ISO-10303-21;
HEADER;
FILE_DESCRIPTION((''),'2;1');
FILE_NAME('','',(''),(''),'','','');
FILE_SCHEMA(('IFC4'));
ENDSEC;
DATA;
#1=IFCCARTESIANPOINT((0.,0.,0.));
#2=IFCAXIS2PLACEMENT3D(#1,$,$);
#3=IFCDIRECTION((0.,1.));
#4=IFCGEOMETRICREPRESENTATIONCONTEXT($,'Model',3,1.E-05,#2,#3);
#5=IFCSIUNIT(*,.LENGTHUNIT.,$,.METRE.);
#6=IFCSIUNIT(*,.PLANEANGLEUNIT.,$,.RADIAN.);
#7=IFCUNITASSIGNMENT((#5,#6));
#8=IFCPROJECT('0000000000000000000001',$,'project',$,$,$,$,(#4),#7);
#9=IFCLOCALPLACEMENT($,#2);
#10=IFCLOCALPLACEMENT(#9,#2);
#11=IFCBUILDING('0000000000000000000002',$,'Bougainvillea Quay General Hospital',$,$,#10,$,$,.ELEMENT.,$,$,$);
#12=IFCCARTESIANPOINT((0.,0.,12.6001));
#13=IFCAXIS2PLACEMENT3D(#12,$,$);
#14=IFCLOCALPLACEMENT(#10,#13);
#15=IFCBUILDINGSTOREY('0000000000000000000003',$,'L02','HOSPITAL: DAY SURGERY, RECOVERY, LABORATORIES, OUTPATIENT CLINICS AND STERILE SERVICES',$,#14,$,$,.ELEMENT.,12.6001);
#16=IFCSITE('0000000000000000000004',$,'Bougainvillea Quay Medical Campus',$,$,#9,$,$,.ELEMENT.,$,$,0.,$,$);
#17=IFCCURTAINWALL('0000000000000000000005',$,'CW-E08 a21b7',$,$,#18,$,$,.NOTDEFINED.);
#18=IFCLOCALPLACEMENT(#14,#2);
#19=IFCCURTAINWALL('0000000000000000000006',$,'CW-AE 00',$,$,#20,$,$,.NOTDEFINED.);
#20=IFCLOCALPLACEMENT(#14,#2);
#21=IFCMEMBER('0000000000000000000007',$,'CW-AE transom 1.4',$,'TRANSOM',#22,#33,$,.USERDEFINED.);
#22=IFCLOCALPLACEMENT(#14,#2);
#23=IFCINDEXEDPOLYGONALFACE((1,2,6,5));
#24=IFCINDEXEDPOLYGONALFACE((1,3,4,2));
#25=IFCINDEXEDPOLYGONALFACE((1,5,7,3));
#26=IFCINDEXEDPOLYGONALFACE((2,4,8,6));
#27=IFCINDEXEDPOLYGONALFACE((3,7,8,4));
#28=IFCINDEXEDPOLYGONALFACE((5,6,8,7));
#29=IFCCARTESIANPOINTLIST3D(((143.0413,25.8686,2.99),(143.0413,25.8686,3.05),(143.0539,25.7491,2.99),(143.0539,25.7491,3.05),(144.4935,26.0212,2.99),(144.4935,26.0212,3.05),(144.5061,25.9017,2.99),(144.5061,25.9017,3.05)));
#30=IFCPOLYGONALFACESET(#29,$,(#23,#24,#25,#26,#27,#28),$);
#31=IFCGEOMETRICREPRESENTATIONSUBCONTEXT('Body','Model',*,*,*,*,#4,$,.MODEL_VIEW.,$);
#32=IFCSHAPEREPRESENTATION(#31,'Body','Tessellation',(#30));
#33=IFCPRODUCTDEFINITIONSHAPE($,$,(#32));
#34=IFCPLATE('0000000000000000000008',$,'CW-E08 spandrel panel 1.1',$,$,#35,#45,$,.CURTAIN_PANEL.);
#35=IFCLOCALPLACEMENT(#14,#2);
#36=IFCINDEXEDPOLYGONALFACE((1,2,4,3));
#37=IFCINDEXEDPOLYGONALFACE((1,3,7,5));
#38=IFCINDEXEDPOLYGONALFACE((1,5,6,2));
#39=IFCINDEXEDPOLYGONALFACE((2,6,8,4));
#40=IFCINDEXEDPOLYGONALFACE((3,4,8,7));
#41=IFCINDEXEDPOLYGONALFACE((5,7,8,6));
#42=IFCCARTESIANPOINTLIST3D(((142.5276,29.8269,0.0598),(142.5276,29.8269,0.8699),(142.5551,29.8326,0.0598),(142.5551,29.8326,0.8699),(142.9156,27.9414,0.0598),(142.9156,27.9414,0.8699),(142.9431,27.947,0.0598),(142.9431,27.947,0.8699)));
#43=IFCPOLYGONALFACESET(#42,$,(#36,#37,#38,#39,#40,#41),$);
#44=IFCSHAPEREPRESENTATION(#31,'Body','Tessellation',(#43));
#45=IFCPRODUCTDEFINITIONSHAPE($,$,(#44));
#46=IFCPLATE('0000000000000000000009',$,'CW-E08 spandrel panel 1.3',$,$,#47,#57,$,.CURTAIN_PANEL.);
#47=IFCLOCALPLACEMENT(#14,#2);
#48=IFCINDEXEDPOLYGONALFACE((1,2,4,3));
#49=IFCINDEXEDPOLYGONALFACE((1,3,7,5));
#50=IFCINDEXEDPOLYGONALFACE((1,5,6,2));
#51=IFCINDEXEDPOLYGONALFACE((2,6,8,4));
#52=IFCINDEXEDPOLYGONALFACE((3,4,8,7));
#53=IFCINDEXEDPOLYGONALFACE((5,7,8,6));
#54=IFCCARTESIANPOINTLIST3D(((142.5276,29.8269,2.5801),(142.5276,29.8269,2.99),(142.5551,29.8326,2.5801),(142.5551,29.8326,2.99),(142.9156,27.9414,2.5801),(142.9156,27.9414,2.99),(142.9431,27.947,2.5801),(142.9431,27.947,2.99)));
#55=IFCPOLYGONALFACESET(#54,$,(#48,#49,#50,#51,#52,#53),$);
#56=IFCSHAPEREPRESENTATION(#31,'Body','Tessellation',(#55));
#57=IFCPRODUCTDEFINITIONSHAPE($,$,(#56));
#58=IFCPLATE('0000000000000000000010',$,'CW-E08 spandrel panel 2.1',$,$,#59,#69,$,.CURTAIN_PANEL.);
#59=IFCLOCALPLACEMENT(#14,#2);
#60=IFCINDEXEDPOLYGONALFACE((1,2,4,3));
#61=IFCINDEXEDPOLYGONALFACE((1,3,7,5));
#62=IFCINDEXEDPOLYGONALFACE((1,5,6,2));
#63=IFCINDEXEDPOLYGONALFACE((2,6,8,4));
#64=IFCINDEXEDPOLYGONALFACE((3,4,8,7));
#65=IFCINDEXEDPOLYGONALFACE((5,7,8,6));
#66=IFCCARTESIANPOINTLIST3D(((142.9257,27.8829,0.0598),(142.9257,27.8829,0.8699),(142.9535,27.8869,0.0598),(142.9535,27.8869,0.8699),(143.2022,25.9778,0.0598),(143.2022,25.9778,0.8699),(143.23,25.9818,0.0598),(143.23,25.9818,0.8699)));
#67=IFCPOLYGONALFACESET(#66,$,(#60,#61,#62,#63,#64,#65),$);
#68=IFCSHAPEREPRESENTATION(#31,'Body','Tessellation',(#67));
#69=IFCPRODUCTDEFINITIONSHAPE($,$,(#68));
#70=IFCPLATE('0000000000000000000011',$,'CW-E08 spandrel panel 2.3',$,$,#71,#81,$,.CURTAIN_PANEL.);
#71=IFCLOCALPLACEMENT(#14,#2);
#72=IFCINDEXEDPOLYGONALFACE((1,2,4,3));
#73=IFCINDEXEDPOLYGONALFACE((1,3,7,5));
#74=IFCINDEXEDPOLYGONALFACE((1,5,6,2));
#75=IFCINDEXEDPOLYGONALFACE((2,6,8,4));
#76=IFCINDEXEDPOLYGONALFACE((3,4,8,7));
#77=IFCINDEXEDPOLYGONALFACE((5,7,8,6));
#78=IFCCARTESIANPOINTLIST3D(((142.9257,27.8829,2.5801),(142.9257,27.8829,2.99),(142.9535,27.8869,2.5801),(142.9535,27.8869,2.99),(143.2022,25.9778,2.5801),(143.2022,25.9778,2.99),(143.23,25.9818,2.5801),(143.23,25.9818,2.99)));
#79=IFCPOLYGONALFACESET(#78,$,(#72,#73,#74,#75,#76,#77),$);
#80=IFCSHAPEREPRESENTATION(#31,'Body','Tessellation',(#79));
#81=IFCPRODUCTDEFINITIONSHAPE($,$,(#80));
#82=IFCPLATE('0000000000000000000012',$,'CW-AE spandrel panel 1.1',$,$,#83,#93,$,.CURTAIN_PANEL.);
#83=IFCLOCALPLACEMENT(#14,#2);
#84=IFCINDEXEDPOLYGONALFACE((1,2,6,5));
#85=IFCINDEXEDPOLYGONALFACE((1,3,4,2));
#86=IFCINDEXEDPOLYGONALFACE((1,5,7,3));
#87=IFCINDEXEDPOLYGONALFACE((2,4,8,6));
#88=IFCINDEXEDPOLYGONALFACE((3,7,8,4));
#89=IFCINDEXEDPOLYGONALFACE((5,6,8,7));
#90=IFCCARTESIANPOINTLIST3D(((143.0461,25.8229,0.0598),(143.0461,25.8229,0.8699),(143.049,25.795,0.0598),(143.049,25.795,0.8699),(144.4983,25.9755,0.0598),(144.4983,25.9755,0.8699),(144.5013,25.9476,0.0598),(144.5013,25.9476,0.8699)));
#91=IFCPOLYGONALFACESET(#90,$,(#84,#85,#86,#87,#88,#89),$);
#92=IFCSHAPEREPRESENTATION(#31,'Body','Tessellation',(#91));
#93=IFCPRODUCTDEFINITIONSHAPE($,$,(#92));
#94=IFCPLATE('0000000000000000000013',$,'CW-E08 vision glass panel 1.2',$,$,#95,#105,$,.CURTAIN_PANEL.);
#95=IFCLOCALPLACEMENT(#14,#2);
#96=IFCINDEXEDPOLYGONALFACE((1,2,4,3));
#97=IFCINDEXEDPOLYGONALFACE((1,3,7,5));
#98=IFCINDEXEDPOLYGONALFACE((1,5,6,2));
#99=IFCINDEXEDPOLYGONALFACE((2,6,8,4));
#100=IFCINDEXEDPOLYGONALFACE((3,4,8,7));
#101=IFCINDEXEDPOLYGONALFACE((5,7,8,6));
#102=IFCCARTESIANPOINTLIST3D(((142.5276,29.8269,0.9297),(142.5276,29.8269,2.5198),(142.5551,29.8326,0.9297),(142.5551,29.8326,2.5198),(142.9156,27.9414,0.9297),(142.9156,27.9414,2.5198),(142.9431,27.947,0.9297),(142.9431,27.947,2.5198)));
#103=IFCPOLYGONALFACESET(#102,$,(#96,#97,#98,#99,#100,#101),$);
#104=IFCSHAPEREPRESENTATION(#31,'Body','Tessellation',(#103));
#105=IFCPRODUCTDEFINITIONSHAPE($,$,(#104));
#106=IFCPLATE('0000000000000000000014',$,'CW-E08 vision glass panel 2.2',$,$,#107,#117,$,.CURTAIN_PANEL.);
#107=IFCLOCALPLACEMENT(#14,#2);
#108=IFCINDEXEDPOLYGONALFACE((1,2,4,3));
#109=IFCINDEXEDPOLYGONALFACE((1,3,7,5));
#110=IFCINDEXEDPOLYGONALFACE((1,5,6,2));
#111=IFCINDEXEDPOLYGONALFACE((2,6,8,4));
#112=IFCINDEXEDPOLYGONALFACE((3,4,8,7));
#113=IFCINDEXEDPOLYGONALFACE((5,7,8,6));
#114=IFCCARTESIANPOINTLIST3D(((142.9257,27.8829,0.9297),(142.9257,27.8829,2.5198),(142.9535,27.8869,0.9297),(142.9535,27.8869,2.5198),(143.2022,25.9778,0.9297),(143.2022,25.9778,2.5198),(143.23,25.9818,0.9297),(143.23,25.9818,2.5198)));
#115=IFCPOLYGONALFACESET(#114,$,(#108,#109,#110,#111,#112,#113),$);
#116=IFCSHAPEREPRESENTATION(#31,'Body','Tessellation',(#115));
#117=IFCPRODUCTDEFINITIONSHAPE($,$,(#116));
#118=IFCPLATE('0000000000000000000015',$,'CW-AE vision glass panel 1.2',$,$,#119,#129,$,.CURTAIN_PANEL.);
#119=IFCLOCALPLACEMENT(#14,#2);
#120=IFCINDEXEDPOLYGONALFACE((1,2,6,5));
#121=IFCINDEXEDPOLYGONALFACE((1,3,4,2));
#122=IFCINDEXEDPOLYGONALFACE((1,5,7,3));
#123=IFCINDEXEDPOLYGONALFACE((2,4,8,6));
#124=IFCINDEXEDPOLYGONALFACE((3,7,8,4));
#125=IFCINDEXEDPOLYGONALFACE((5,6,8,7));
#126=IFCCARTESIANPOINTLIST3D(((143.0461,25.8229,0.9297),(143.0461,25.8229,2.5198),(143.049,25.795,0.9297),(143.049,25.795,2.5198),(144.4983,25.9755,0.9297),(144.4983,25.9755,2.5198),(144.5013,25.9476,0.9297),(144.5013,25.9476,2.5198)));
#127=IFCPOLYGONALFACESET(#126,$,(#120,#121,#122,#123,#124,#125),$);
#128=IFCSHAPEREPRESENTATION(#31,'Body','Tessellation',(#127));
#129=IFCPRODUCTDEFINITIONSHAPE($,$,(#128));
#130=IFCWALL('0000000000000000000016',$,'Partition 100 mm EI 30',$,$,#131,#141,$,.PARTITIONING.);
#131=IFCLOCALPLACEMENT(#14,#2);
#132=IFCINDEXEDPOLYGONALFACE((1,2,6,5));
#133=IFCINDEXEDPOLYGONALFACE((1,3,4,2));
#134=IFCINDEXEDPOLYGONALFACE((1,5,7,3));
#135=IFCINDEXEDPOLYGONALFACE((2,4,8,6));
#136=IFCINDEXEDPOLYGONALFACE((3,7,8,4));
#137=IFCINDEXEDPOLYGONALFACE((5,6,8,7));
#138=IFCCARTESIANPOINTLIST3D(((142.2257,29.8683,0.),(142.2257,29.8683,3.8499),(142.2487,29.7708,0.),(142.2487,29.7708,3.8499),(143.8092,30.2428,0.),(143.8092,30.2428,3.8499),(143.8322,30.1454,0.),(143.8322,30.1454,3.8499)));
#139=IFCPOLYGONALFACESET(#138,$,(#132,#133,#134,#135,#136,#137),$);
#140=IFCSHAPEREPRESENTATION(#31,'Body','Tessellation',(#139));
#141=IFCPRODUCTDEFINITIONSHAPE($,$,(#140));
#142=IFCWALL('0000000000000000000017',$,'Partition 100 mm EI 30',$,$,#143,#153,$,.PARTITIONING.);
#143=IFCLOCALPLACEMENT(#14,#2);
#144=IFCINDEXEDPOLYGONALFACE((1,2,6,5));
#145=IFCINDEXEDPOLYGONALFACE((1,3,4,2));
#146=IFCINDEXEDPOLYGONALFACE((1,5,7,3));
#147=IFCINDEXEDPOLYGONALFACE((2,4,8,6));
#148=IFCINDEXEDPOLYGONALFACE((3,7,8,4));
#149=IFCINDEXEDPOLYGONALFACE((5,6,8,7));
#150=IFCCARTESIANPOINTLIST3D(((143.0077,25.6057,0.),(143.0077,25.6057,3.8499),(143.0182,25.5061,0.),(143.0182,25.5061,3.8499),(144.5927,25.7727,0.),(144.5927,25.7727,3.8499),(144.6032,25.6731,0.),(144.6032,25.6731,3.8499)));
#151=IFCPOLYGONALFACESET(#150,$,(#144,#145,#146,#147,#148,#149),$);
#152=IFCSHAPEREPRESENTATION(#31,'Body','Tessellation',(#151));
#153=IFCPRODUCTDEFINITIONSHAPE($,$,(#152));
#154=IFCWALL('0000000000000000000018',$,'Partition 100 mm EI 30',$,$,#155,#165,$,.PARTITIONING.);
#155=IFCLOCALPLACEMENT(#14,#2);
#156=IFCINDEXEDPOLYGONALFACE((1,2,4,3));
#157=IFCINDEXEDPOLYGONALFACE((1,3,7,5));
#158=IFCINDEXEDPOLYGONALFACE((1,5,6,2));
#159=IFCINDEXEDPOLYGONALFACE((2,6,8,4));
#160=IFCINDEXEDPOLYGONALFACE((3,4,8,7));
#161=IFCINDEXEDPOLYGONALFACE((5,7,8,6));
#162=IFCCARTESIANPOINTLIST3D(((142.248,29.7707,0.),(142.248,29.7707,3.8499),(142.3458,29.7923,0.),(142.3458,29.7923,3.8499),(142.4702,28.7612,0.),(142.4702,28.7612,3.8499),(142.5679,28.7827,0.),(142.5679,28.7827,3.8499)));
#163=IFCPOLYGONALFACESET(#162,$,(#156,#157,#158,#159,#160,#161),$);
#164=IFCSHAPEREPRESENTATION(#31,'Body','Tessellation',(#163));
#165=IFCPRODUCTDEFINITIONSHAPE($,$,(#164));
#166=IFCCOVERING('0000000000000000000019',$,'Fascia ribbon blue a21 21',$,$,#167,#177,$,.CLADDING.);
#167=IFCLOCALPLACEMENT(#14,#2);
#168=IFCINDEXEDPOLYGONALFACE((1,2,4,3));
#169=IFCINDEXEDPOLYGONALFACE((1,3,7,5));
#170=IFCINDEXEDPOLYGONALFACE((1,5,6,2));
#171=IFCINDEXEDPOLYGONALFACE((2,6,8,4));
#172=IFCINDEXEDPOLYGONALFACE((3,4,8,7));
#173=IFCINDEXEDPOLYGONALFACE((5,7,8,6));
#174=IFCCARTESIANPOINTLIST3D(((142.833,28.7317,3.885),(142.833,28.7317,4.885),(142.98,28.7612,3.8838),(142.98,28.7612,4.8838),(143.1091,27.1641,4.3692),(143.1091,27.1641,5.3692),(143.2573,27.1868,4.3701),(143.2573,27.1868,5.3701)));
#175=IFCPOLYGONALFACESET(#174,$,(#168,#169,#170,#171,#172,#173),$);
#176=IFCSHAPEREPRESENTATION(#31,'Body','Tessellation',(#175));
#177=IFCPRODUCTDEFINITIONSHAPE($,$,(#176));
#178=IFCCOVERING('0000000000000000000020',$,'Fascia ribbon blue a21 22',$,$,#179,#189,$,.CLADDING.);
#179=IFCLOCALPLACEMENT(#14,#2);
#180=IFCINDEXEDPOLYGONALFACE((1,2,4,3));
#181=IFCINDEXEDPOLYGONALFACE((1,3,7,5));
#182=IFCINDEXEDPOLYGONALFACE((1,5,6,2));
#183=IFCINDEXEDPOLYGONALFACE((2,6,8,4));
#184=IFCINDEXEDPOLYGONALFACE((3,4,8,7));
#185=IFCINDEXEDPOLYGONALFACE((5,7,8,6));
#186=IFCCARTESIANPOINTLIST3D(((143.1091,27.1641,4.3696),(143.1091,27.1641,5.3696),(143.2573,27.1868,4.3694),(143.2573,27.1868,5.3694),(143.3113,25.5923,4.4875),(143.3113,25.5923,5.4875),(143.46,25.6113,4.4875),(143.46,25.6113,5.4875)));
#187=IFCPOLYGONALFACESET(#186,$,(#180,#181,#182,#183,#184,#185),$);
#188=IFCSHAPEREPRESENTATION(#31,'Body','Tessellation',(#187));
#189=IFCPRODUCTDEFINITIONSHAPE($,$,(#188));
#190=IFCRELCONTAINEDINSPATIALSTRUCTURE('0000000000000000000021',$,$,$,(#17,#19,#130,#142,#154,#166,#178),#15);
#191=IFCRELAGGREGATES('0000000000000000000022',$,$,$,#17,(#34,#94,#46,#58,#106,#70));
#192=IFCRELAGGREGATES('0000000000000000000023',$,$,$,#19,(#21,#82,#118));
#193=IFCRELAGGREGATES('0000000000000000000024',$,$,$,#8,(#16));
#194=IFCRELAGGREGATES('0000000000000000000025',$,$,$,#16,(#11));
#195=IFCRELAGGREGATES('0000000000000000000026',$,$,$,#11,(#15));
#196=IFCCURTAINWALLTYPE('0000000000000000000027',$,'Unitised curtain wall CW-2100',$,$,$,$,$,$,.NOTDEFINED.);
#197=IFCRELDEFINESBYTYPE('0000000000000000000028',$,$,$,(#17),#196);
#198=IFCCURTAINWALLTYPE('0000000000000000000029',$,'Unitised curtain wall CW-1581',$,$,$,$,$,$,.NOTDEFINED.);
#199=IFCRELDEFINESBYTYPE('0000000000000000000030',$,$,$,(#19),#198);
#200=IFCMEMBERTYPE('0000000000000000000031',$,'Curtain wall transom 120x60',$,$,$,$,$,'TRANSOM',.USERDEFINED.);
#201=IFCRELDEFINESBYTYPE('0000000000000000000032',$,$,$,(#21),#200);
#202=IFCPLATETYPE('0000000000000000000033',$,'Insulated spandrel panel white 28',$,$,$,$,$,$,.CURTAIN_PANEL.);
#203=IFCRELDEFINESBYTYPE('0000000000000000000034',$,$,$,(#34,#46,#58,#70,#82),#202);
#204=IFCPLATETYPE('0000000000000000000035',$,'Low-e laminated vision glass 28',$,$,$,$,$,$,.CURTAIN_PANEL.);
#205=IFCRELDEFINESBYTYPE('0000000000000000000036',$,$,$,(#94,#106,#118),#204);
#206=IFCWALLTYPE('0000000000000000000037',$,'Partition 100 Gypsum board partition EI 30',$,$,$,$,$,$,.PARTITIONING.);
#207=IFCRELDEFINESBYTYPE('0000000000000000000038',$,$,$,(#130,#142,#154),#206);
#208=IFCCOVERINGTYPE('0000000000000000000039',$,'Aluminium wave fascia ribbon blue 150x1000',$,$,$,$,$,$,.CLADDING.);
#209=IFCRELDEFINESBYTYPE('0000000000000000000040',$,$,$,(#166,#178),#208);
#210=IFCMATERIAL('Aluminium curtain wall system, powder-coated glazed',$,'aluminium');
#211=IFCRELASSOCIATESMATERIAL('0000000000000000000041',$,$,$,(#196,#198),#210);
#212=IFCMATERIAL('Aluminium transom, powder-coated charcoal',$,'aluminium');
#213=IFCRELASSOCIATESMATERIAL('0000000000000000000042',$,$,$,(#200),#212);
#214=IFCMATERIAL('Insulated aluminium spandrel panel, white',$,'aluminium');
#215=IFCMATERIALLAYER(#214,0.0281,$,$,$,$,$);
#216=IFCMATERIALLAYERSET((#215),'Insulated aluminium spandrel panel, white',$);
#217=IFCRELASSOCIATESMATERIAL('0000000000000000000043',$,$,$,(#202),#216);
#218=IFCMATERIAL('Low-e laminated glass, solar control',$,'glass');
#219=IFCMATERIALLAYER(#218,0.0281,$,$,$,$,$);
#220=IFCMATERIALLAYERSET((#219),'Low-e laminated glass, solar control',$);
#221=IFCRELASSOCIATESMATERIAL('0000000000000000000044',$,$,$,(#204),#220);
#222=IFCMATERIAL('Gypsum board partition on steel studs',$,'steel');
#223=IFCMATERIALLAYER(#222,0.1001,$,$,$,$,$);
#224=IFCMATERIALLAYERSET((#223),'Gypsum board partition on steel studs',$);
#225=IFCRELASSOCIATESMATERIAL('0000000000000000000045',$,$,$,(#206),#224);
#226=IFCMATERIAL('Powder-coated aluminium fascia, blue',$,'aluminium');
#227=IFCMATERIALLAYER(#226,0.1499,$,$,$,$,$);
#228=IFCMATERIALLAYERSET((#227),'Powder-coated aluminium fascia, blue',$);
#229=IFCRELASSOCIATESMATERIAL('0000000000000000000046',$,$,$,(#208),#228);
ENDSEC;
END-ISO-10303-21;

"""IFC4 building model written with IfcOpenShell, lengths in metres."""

from ifc_helpers import new_model, si_unit, direction, frame, frame_2d, origin, origin_2d, place, context, subcontext, project, spatial, polyline, rectangle, outline, extrude, material, layer, layer_set, material_profile, profile_set, type_object, element, aggregate, save


model = new_model("IFC4")

# Units and contexts
model_context = context("Model", 3, precision=1e-05, world=origin(), true_north=direction((0.0, 1.0)))
body_context = subcontext(model_context, "Body", "Model", "MODEL_VIEW")
ifc_project = project(units=[si_unit("LENGTHUNIT", "METRE"), si_unit("PLANEANGLEUNIT", "RADIAN")], contexts=[model_context])

# Site, building, storey
site_placement = place(None, origin())
site = spatial("IfcSite", under=ifc_project, at=site_placement, Name="Bougainvillea Quay Medical Campus", CompositionType="ELEMENT", RefElevation=0.0)
building_placement = place(site_placement, origin())
building = spatial("IfcBuilding", under=site, at=building_placement, Name="Bougainvillea Quay General Hospital", CompositionType="ELEMENT")
storey_placement = place(building_placement, frame((0.0, 0.0, 12.6001)))
storey = spatial("IfcBuildingStorey", under=building, at=storey_placement, Name="L02", Description="HOSPITAL: DAY SURGERY, RECOVERY, LABORATORIES, OUTPATIENT CLINICS AND STERILE SERVICES", CompositionType="ELEMENT", Elevation=12.6001)

# Curtain wall
ifc_material_1 = material(Name="Aluminium curtain wall system, powder-coated glazed", Category="aluminium")
curtain_wall_type_1 = type_object("IfcCurtainWallType", Name="Unitised curtain wall CW-2100", PredefinedType="NOTDEFINED", material=ifc_material_1)
curtain_wall_1_placement = place(storey_placement, origin())
curtain_wall_1 = element("IfcCurtainWall", 1, at=curtain_wall_1_placement, inside=storey, type_object=curtain_wall_type_1, Name="CW-E08 a21b7", PredefinedType="NOTDEFINED")

# Curtain wall
curtain_wall_type_2 = type_object("IfcCurtainWallType", Name="Unitised curtain wall CW-1581", PredefinedType="NOTDEFINED", material=ifc_material_1)
curtain_wall_2_placement = place(storey_placement, origin())
curtain_wall_2 = element("IfcCurtainWall", 2, at=curtain_wall_2_placement, inside=storey, type_object=curtain_wall_type_2, Name="CW-AE 00", PredefinedType="NOTDEFINED")

# Member
ifc_material_2 = material(Name="Aluminium transom, powder-coated charcoal", Category="aluminium")
ifc_material_profile_1 = material_profile(ifc_material_2, rectangle(XDim=0.1201, YDim=0.0601, at=origin_2d()))
ifc_profile_set_1 = profile_set([ifc_material_profile_1], Name="Aluminium transom, powder-coated charcoal")
member_type_1 = type_object("IfcMemberType", Name="Curtain wall transom 120x60", ElementType="TRANSOM", PredefinedType="USERDEFINED", material=ifc_profile_set_1)
member_1_placement = place(storey_placement, frame((143.0476, 25.8088, 3.02), z_axis=(0.994525, 0.104502, 0.0), x_axis=(-0.104502, 0.994525, 0.0)))
member_1 = element("IfcMember", 3, at=member_1_placement, type_object=member_type_1, Name="CW-AE transom 1.4", ObjectType="TRANSOM", PredefinedType="USERDEFINED", context=body_context, shape_type="SweptSolid", body=[
    extrude(rectangle(XDim=0.1201, YDim=0.0601, at=origin_2d()), origin(), (0.0, 0.0, 1.0), 1.4602),
])

# Plates
ifc_material_3 = material(Name="Insulated aluminium spandrel panel, white", Category="aluminium")
ifc_layer_1 = layer(ifc_material_3, 0.0281)
ifc_layer_set_1 = layer_set([ifc_layer_1], Name="Insulated aluminium spandrel panel, white")
plate_type_1 = type_object("IfcPlateType", Name="Insulated spandrel panel white 28", PredefinedType="CURTAIN_PANEL", material=ifc_layer_set_1)
plate_1_placement = place(storey_placement, frame((142.7354, 28.887, 0.0598), z_axis=(0.0, 0.0, 1.0), x_axis=(0.201595, -0.979469, 0.0)))
plate_1 = element("IfcPlate", 4, at=plate_1_placement, type_object=plate_type_1, Name="CW-E08 spandrel panel 1.1", PredefinedType="CURTAIN_PANEL", context=body_context, shape_type="SweptSolid", body=[
    extrude(rectangle(XDim=1.925, YDim=0.0281, at=origin_2d()), origin(), (0.0, 0.0, 1.0), 0.8101),
])
plate_2_placement = place(storey_placement, frame((142.7354, 28.887, 2.5801), z_axis=(0.0, 0.0, 1.0), x_axis=(0.201595, -0.979469, 0.0)))
plate_2 = element("IfcPlate", 5, at=plate_2_placement, type_object=plate_type_1, Name="CW-E08 spandrel panel 1.3", PredefinedType="CURTAIN_PANEL", context=body_context, shape_type="SweptSolid", body=[
    extrude(rectangle(XDim=1.925, YDim=0.0281, at=origin_2d()), origin(), (0.0, 0.0, 1.0), 0.4099),
])
plate_3_placement = place(storey_placement, frame((143.0779, 26.9324, 0.0598), z_axis=(0.0, 0.0, 1.0), x_axis=(0.143643, -0.98963, 0.0)))
plate_3 = element("IfcPlate", 6, at=plate_3_placement, type_object=plate_type_1, Name="CW-E08 spandrel panel 2.1", PredefinedType="CURTAIN_PANEL", context=body_context, shape_type="SweptSolid", body=[
    extrude(rectangle(XDim=1.925, YDim=0.0281, at=origin_2d()), origin(), (0.0, 0.0, 1.0), 0.8101),
])
plate_4_placement = place(storey_placement, frame((143.0779, 26.9324, 2.5801), z_axis=(0.0, 0.0, 1.0), x_axis=(0.143643, -0.98963, 0.0)))
plate_4 = element("IfcPlate", 7, at=plate_4_placement, type_object=plate_type_1, Name="CW-E08 spandrel panel 2.3", PredefinedType="CURTAIN_PANEL", context=body_context, shape_type="SweptSolid", body=[
    extrude(rectangle(XDim=1.925, YDim=0.0281, at=origin_2d()), origin(), (0.0, 0.0, 1.0), 0.4099),
])
plate_5_placement = place(storey_placement, frame((143.7737, 25.8853, 0.0598), z_axis=(0.0, 0.0, 1.0), x_axis=(0.994522, 0.104527, 0.0)))
plate_5 = element("IfcPlate", 8, at=plate_5_placement, type_object=plate_type_1, Name="CW-AE spandrel panel 1.1", PredefinedType="CURTAIN_PANEL", context=body_context, shape_type="SweptSolid", body=[
    extrude(rectangle(XDim=1.4602, YDim=0.0281, at=origin_2d()), origin(), (0.0, 0.0, 1.0), 0.8101),
])
ifc_material_4 = material(Name="Low-e laminated glass, solar control", Category="glass")
ifc_layer_2 = layer(ifc_material_4, 0.0281)
ifc_layer_set_2 = layer_set([ifc_layer_2], Name="Low-e laminated glass, solar control")
plate_type_2 = type_object("IfcPlateType", Name="Low-e laminated vision glass 28", PredefinedType="CURTAIN_PANEL", material=ifc_layer_set_2)
plate_6_placement = place(storey_placement, frame((142.7354, 28.887, 0.9297), z_axis=(0.0, 0.0, 1.0), x_axis=(0.201595, -0.979469, 0.0)))
plate_6 = element("IfcPlate", 9, at=plate_6_placement, type_object=plate_type_2, Name="CW-E08 vision glass panel 1.2", PredefinedType="CURTAIN_PANEL", context=body_context, shape_type="SweptSolid", body=[
    extrude(rectangle(XDim=1.925, YDim=0.0281, at=origin_2d()), origin(), (0.0, 0.0, 1.0), 1.5901),
])
plate_7_placement = place(storey_placement, frame((143.0779, 26.9324, 0.9297), z_axis=(0.0, 0.0, 1.0), x_axis=(0.143643, -0.98963, 0.0)))
plate_7 = element("IfcPlate", 10, at=plate_7_placement, type_object=plate_type_2, Name="CW-E08 vision glass panel 2.2", PredefinedType="CURTAIN_PANEL", context=body_context, shape_type="SweptSolid", body=[
    extrude(rectangle(XDim=1.925, YDim=0.0281, at=origin_2d()), origin(), (0.0, 0.0, 1.0), 1.5901),
])
aggregate(curtain_wall_1, [plate_1, plate_6, plate_2, plate_3, plate_7, plate_4])
plate_8_placement = place(storey_placement, frame((143.7737, 25.8853, 0.9297), z_axis=(0.0, 0.0, 1.0), x_axis=(0.994522, 0.104527, 0.0)))
plate_8 = element("IfcPlate", 11, at=plate_8_placement, type_object=plate_type_2, Name="CW-AE vision glass panel 1.2", PredefinedType="CURTAIN_PANEL", context=body_context, shape_type="SweptSolid", body=[
    extrude(rectangle(XDim=1.4602, YDim=0.0281, at=origin_2d()), origin(), (0.0, 0.0, 1.0), 1.5901),
])
aggregate(curtain_wall_2, [member_1, plate_5, plate_8])

# Walls
ifc_material_5 = material(Name="Gypsum board partition on steel studs", Category="steel")
ifc_layer_3 = layer(ifc_material_5, 0.1001)
ifc_layer_set_3 = layer_set([ifc_layer_3], Name="Gypsum board partition on steel studs")
wall_type = type_object("IfcWallType", Name="Partition 100 Gypsum board partition EI 30", PredefinedType="PARTITIONING", material=ifc_layer_set_3)
wall_1_placement = place(storey_placement, frame((142.2373, 29.8196, 0.0), z_axis=(0.0, 0.0, 1.0), x_axis=(0.973153, 0.23016, 0.0)))
element("IfcWall", 12, at=wall_1_placement, inside=storey, type_object=wall_type, Name="Partition 100 mm EI 30", PredefinedType="PARTITIONING", context=body_context, shape_type="SweptSolid", body=[
    extrude(rectangle(XDim=1.6272, YDim=0.1001, at=frame_2d((0.8135, 0.0))), origin(), (0.0, 0.0, 1.0), 3.8499),
])
wall_2_placement = place(storey_placement, frame((143.0129, 25.5559, 0.0), z_axis=(0.0, 0.0, 1.0), x_axis=(0.994495, 0.10478, 0.0)))
element("IfcWall", 13, at=wall_2_placement, inside=storey, type_object=wall_type, Name="Partition 100 mm EI 30", PredefinedType="PARTITIONING", context=body_context, shape_type="SweptSolid", body=[
    extrude(rectangle(XDim=1.5938, YDim=0.1001, at=frame_2d((0.7969, 0.0))), origin(), (0.0, 0.0, 1.0), 3.8499),
])
wall_3_placement = place(storey_placement, frame((142.2969, 29.7815, 0.0), z_axis=(0.0, 0.0, 1.0), x_axis=(0.214929, -0.97663, 0.0)))
element("IfcWall", 14, at=wall_3_placement, inside=storey, type_object=wall_type, Name="Partition 100 mm EI 30", PredefinedType="PARTITIONING", context=body_context, shape_type="SweptSolid", body=[
    extrude(rectangle(XDim=1.0337, YDim=0.1001, at=frame_2d((0.5168, 0.0))), origin(), (0.0, 0.0, 1.0), 3.8499),
])

# Coverings
ifc_material_6 = material(Name="Powder-coated aluminium fascia, blue", Category="aluminium")
ifc_layer_4 = layer(ifc_material_6, 0.1499)
ifc_layer_set_4 = layer_set([ifc_layer_4], Name="Powder-coated aluminium fascia, blue")
covering_type = type_object("IfcCoveringType", Name="Aluminium wave fascia ribbon blue 150x1000", PredefinedType="CLADDING", material=ifc_layer_set_4)
covering_1_placement = place(storey_placement, frame((142.833, 28.7317, 3.885), z_axis=(-0.049955, 0.286691, 0.95672), x_axis=(0.165963, -0.942215, 0.29101)))
element("IfcCovering", 15, at=covering_1_placement, inside=storey, type_object=covering_type, Name="Fascia ribbon blue a21 21", PredefinedType="CLADDING", context=body_context, shape_type="SweptSolid", body=[
    extrude(outline(polyline([(0.0, 0.0), (1.6638, 0.0), (1.6672, 0.1499), (-0.0038, 0.1499), (0.0, 0.0)])), origin(), (0.29101, -0.000512, 0.95672), 1.0),
])
covering_2_placement = place(storey_placement, frame((143.1091, 27.1641, 4.3696), z_axis=(-0.009527, 0.073581, 0.997244), x_axis=(0.127209, -0.989097, 0.074196)))
element("IfcCovering", 16, at=covering_2_placement, inside=storey, type_object=covering_type, Name="Fascia ribbon blue a21 22", PredefinedType="CLADDING", context=body_context, shape_type="SweptSolid", body=[
    extrude(outline(polyline([(0.0, 0.0), (1.5891, 0.0), (1.5892, 0.1499), (-0.0036, 0.1499), (0.0, 0.0)])), origin(), (0.074196, 0.000063, 0.997244), 1.0),
])

save(model, "model.ifc")
